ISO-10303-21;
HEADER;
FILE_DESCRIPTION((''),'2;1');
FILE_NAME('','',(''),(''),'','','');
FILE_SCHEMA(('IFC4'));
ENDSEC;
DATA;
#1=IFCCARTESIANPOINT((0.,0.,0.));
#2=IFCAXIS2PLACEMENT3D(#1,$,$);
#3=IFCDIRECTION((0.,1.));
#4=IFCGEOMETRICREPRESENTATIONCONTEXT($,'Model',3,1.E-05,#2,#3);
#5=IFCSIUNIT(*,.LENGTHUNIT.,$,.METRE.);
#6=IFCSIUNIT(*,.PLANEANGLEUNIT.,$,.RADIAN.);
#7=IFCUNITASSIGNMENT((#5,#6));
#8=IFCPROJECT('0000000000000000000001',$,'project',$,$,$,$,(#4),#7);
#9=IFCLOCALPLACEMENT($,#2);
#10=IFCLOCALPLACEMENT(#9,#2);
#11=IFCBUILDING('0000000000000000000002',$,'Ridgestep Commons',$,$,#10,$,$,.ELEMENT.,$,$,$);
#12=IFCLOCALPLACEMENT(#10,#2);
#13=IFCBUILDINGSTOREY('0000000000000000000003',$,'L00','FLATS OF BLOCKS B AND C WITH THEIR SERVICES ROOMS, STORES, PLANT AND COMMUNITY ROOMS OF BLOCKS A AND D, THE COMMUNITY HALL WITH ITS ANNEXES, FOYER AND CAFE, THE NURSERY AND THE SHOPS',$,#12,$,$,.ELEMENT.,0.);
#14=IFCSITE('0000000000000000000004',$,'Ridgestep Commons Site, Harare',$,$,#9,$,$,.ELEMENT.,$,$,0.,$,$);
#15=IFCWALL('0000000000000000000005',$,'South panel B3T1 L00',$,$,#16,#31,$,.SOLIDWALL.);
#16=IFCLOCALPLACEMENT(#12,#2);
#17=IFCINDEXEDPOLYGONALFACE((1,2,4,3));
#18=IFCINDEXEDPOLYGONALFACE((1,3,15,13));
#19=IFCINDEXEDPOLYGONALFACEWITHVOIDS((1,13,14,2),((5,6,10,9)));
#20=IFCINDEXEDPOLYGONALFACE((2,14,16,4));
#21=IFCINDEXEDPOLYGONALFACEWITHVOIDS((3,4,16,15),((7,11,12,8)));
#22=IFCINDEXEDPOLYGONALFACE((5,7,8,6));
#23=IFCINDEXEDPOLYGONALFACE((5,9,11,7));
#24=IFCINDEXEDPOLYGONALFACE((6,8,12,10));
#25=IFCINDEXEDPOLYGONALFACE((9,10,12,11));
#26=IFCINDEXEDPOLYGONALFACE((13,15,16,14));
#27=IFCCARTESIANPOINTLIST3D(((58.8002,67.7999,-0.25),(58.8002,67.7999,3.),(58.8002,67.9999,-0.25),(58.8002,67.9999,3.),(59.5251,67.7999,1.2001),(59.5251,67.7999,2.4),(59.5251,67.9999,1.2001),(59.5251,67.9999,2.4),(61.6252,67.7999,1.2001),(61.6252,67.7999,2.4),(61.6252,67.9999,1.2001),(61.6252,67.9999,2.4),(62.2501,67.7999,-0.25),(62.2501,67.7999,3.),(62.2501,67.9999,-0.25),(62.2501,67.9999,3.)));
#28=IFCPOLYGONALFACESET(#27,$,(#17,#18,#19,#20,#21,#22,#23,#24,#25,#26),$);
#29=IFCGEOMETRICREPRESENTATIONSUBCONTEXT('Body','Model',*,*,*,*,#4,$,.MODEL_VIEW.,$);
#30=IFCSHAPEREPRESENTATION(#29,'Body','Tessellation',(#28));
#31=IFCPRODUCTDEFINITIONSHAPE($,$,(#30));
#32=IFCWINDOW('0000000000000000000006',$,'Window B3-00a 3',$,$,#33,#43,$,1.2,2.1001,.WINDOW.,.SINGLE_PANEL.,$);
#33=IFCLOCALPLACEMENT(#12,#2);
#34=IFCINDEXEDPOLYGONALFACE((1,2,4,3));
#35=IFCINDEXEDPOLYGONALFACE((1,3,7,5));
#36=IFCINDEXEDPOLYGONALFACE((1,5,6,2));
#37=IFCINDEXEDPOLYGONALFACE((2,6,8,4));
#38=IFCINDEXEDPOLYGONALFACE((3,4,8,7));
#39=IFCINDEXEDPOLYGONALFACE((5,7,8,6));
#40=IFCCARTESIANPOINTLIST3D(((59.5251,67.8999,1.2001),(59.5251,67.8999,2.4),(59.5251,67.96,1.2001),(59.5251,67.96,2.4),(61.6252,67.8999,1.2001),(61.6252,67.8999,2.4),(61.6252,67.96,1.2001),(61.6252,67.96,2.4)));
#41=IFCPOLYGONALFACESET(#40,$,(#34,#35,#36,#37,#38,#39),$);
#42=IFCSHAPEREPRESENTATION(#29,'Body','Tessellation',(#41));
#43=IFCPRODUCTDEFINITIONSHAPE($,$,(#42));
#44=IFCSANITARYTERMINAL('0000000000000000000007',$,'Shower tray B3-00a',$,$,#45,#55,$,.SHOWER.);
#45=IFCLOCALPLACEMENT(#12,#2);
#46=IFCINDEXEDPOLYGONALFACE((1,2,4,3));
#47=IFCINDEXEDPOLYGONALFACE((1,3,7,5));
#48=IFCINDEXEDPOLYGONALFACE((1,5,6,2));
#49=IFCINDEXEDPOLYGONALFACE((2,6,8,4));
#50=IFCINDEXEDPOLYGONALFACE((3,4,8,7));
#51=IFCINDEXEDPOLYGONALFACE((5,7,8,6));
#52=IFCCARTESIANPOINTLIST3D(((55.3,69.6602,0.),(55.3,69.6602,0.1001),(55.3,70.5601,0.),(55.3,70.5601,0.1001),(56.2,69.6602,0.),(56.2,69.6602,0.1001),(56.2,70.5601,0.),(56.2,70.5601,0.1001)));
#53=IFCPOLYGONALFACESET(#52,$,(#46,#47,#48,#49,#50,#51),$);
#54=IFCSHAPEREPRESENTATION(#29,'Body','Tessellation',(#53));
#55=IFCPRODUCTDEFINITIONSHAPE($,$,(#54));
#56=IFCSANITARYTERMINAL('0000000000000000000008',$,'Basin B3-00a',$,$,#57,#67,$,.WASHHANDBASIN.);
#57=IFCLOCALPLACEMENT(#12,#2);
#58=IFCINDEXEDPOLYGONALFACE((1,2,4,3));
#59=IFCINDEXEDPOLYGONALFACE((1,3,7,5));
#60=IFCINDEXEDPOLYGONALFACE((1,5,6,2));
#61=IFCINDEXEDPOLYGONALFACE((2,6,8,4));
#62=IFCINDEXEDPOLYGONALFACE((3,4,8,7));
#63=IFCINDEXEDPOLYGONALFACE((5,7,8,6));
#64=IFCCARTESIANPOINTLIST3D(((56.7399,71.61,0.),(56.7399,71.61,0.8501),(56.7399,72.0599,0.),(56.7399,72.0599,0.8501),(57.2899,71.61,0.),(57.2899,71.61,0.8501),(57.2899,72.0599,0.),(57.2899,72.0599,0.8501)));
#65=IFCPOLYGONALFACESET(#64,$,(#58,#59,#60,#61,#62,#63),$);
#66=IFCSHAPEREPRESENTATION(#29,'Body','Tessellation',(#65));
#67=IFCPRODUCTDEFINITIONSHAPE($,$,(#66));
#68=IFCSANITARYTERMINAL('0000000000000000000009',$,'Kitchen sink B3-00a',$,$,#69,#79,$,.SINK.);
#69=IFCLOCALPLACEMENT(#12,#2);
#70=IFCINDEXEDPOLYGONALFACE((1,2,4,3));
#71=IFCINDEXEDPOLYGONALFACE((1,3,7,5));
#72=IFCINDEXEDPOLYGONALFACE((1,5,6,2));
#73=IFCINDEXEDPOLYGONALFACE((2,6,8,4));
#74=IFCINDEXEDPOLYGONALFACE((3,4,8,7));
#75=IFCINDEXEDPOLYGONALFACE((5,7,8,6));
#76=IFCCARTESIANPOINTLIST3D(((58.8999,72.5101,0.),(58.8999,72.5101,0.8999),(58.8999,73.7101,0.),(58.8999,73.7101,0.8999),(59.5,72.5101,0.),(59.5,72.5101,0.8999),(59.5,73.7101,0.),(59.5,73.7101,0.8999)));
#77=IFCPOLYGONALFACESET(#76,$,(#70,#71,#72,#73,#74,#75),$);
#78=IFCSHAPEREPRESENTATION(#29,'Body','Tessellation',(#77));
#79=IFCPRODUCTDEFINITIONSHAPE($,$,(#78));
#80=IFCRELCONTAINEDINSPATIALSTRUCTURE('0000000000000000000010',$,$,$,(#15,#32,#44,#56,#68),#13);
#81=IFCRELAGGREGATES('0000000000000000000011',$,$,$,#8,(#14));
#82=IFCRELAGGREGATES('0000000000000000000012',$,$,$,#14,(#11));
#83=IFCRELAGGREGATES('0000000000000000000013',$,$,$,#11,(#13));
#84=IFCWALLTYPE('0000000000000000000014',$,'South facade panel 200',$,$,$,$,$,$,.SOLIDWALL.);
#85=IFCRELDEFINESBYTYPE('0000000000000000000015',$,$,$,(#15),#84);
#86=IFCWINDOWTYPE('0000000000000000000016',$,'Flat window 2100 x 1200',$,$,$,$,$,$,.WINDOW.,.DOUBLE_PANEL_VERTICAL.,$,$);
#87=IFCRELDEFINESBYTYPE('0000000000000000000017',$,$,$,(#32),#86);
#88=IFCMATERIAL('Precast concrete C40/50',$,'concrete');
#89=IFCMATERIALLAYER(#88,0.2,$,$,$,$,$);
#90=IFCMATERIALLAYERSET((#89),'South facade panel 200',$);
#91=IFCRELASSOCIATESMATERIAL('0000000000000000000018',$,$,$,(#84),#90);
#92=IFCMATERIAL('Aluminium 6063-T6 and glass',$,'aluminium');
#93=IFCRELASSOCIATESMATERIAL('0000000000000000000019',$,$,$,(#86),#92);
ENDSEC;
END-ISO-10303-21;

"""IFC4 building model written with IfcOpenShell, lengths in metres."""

from ifc_helpers import new_model, si_unit, direction, frame, frame_2d, origin, origin_2d, place, context, subcontext, project, spatial, rectangle, extrude, material, layer, layer_set, type_object, element, fill, save


model = new_model("IFC4")

# Units and contexts
model_context = context("Model", 3, precision=1e-05, world=origin(), true_north=direction((0.0, 1.0)))
body_context = subcontext(model_context, "Body", "Model", "MODEL_VIEW")
ifc_project = project(units=[si_unit("LENGTHUNIT", "METRE"), si_unit("PLANEANGLEUNIT", "RADIAN")], contexts=[model_context])

# Site, building, storey
site_placement = place(None, origin())
site = spatial("IfcSite", under=ifc_project, at=site_placement, Name="Ridgestep Commons Site, Harare", CompositionType="ELEMENT", RefElevation=0.0)
building_placement = place(site_placement, origin())
building = spatial("IfcBuilding", under=site, at=building_placement, Name="Ridgestep Commons", CompositionType="ELEMENT")
storey_placement = place(building_placement, origin())
storey = spatial("IfcBuildingStorey", under=building, at=storey_placement, Name="L00", Description="FLATS OF BLOCKS B AND C WITH THEIR SERVICES ROOMS, STORES, PLANT AND COMMUNITY ROOMS OF BLOCKS A AND D, THE COMMUNITY HALL WITH ITS ANNEXES, FOYER AND CAFE, THE NURSERY AND THE SHOPS", CompositionType="ELEMENT", Elevation=0.0)

# Wall, opening, window
ifc_material_1 = material(Name="Precast concrete C40/50", Category="concrete")
ifc_layer_1 = layer(ifc_material_1, 0.2)
ifc_layer_set_1 = layer_set([ifc_layer_1], Name="South facade panel 200")
wall_type_1 = type_object("IfcWallType", Name="South facade panel 200", PredefinedType="SOLIDWALL", material=ifc_layer_set_1)
wall_1_placement = place(storey_placement, frame((58.8, 67.8999, -0.25), z_axis=(0.0, 0.0, 1.0), x_axis=(1.0, 0.0, 0.0)))
wall_1 = element("IfcWall", 1, at=wall_1_placement, inside=storey, type_object=wall_type_1, Name="South panel B3T1 L00", PredefinedType="SOLIDWALL", context=body_context, shape_type="SweptSolid", body=[
    extrude(rectangle(XDim=3.45, YDim=0.2, at=frame_2d((1.7251, 0.0))), origin(), (0.0, 0.0, 1.0), 3.25),
])
opening_1_placement = place(wall_1_placement, frame((0.7251, 0.0, 1.45)))
opening_1 = element("IfcOpeningElement", 2, at=opening_1_placement, cuts=wall_1, PredefinedType="OPENING", context=body_context, shape_type="SweptSolid", body=[
    extrude(rectangle(XDim=2.1001, YDim=1.2, at=frame_2d((1.05, 0.6001))), frame((0.0, 0.1099, 0.0), z_axis=(0.0, -1.0, 0.0), x_axis=(1.0, 0.0, 0.0)), (0.0, 0.0, 1.0), 0.22),
])
ifc_material_2 = material(Name="Aluminium 6063-T6 and glass", Category="aluminium")
window_type_1 = type_object("IfcWindowType", Name="Flat window 2100 x 1200", PartitioningType="DOUBLE_PANEL_VERTICAL", PredefinedType="WINDOW", material=ifc_material_2)
window_1_placement = place(opening_1_placement, origin())
window_1 = element("IfcWindow", 3, at=window_1_placement, inside=storey, type_object=window_type_1, Name="Window B3-00a 3", OverallHeight=1.2, OverallWidth=2.1001, PartitioningType="SINGLE_PANEL", PredefinedType="WINDOW", context=body_context, shape_type="SweptSolid", body=[
    extrude(rectangle(XDim=2.1001, YDim=1.2, at=frame_2d((1.05, 0.6001))), frame((0.0, 0.0601, 0.0), z_axis=(0.0, -1.0, 0.0), x_axis=(1.0, 0.0, 0.0)), (0.0, 0.0, 1.0), 0.0601),
])
fill(opening_1, window_1)

# Sanitary terminals
sanitary_terminal_1_placement = place(storey_placement, frame((55.75, 70.1101, 0.0), z_axis=(0.0, 0.0, 1.0), x_axis=(1.0, 0.0, 0.0)))
element("IfcSanitaryTerminal", 4, at=sanitary_terminal_1_placement, inside=storey, Name="Shower tray B3-00a", PredefinedType="SHOWER", context=body_context, shape_type="SweptSolid", body=[
    extrude(rectangle(XDim=0.8999, YDim=0.8999, at=origin_2d()), origin(), (0.0, 0.0, 1.0), 0.1001),
])
sanitary_terminal_2_placement = place(storey_placement, frame((57.0149, 71.835, 0.0), z_axis=(0.0, 0.0, 1.0), x_axis=(1.0, 0.0, 0.0)))
element("IfcSanitaryTerminal", 5, at=sanitary_terminal_2_placement, inside=storey, Name="Basin B3-00a", PredefinedType="WASHHANDBASIN", context=body_context, shape_type="SweptSolid", body=[
    extrude(rectangle(XDim=0.55, YDim=0.45, at=origin_2d()), origin(), (0.0, 0.0, 1.0), 0.8501),
])
sanitary_terminal_3_placement = place(storey_placement, frame((59.2, 73.1101, 0.0), z_axis=(0.0, 0.0, 1.0), x_axis=(1.0, 0.0, 0.0)))
element("IfcSanitaryTerminal", 6, at=sanitary_terminal_3_placement, inside=storey, Name="Kitchen sink B3-00a", PredefinedType="SINK", context=body_context, shape_type="SweptSolid", body=[
    extrude(rectangle(XDim=0.6001, YDim=1.2, at=origin_2d()), origin(), (0.0, 0.0, 1.0), 0.8999),
])

save(model, "model.ifc")
